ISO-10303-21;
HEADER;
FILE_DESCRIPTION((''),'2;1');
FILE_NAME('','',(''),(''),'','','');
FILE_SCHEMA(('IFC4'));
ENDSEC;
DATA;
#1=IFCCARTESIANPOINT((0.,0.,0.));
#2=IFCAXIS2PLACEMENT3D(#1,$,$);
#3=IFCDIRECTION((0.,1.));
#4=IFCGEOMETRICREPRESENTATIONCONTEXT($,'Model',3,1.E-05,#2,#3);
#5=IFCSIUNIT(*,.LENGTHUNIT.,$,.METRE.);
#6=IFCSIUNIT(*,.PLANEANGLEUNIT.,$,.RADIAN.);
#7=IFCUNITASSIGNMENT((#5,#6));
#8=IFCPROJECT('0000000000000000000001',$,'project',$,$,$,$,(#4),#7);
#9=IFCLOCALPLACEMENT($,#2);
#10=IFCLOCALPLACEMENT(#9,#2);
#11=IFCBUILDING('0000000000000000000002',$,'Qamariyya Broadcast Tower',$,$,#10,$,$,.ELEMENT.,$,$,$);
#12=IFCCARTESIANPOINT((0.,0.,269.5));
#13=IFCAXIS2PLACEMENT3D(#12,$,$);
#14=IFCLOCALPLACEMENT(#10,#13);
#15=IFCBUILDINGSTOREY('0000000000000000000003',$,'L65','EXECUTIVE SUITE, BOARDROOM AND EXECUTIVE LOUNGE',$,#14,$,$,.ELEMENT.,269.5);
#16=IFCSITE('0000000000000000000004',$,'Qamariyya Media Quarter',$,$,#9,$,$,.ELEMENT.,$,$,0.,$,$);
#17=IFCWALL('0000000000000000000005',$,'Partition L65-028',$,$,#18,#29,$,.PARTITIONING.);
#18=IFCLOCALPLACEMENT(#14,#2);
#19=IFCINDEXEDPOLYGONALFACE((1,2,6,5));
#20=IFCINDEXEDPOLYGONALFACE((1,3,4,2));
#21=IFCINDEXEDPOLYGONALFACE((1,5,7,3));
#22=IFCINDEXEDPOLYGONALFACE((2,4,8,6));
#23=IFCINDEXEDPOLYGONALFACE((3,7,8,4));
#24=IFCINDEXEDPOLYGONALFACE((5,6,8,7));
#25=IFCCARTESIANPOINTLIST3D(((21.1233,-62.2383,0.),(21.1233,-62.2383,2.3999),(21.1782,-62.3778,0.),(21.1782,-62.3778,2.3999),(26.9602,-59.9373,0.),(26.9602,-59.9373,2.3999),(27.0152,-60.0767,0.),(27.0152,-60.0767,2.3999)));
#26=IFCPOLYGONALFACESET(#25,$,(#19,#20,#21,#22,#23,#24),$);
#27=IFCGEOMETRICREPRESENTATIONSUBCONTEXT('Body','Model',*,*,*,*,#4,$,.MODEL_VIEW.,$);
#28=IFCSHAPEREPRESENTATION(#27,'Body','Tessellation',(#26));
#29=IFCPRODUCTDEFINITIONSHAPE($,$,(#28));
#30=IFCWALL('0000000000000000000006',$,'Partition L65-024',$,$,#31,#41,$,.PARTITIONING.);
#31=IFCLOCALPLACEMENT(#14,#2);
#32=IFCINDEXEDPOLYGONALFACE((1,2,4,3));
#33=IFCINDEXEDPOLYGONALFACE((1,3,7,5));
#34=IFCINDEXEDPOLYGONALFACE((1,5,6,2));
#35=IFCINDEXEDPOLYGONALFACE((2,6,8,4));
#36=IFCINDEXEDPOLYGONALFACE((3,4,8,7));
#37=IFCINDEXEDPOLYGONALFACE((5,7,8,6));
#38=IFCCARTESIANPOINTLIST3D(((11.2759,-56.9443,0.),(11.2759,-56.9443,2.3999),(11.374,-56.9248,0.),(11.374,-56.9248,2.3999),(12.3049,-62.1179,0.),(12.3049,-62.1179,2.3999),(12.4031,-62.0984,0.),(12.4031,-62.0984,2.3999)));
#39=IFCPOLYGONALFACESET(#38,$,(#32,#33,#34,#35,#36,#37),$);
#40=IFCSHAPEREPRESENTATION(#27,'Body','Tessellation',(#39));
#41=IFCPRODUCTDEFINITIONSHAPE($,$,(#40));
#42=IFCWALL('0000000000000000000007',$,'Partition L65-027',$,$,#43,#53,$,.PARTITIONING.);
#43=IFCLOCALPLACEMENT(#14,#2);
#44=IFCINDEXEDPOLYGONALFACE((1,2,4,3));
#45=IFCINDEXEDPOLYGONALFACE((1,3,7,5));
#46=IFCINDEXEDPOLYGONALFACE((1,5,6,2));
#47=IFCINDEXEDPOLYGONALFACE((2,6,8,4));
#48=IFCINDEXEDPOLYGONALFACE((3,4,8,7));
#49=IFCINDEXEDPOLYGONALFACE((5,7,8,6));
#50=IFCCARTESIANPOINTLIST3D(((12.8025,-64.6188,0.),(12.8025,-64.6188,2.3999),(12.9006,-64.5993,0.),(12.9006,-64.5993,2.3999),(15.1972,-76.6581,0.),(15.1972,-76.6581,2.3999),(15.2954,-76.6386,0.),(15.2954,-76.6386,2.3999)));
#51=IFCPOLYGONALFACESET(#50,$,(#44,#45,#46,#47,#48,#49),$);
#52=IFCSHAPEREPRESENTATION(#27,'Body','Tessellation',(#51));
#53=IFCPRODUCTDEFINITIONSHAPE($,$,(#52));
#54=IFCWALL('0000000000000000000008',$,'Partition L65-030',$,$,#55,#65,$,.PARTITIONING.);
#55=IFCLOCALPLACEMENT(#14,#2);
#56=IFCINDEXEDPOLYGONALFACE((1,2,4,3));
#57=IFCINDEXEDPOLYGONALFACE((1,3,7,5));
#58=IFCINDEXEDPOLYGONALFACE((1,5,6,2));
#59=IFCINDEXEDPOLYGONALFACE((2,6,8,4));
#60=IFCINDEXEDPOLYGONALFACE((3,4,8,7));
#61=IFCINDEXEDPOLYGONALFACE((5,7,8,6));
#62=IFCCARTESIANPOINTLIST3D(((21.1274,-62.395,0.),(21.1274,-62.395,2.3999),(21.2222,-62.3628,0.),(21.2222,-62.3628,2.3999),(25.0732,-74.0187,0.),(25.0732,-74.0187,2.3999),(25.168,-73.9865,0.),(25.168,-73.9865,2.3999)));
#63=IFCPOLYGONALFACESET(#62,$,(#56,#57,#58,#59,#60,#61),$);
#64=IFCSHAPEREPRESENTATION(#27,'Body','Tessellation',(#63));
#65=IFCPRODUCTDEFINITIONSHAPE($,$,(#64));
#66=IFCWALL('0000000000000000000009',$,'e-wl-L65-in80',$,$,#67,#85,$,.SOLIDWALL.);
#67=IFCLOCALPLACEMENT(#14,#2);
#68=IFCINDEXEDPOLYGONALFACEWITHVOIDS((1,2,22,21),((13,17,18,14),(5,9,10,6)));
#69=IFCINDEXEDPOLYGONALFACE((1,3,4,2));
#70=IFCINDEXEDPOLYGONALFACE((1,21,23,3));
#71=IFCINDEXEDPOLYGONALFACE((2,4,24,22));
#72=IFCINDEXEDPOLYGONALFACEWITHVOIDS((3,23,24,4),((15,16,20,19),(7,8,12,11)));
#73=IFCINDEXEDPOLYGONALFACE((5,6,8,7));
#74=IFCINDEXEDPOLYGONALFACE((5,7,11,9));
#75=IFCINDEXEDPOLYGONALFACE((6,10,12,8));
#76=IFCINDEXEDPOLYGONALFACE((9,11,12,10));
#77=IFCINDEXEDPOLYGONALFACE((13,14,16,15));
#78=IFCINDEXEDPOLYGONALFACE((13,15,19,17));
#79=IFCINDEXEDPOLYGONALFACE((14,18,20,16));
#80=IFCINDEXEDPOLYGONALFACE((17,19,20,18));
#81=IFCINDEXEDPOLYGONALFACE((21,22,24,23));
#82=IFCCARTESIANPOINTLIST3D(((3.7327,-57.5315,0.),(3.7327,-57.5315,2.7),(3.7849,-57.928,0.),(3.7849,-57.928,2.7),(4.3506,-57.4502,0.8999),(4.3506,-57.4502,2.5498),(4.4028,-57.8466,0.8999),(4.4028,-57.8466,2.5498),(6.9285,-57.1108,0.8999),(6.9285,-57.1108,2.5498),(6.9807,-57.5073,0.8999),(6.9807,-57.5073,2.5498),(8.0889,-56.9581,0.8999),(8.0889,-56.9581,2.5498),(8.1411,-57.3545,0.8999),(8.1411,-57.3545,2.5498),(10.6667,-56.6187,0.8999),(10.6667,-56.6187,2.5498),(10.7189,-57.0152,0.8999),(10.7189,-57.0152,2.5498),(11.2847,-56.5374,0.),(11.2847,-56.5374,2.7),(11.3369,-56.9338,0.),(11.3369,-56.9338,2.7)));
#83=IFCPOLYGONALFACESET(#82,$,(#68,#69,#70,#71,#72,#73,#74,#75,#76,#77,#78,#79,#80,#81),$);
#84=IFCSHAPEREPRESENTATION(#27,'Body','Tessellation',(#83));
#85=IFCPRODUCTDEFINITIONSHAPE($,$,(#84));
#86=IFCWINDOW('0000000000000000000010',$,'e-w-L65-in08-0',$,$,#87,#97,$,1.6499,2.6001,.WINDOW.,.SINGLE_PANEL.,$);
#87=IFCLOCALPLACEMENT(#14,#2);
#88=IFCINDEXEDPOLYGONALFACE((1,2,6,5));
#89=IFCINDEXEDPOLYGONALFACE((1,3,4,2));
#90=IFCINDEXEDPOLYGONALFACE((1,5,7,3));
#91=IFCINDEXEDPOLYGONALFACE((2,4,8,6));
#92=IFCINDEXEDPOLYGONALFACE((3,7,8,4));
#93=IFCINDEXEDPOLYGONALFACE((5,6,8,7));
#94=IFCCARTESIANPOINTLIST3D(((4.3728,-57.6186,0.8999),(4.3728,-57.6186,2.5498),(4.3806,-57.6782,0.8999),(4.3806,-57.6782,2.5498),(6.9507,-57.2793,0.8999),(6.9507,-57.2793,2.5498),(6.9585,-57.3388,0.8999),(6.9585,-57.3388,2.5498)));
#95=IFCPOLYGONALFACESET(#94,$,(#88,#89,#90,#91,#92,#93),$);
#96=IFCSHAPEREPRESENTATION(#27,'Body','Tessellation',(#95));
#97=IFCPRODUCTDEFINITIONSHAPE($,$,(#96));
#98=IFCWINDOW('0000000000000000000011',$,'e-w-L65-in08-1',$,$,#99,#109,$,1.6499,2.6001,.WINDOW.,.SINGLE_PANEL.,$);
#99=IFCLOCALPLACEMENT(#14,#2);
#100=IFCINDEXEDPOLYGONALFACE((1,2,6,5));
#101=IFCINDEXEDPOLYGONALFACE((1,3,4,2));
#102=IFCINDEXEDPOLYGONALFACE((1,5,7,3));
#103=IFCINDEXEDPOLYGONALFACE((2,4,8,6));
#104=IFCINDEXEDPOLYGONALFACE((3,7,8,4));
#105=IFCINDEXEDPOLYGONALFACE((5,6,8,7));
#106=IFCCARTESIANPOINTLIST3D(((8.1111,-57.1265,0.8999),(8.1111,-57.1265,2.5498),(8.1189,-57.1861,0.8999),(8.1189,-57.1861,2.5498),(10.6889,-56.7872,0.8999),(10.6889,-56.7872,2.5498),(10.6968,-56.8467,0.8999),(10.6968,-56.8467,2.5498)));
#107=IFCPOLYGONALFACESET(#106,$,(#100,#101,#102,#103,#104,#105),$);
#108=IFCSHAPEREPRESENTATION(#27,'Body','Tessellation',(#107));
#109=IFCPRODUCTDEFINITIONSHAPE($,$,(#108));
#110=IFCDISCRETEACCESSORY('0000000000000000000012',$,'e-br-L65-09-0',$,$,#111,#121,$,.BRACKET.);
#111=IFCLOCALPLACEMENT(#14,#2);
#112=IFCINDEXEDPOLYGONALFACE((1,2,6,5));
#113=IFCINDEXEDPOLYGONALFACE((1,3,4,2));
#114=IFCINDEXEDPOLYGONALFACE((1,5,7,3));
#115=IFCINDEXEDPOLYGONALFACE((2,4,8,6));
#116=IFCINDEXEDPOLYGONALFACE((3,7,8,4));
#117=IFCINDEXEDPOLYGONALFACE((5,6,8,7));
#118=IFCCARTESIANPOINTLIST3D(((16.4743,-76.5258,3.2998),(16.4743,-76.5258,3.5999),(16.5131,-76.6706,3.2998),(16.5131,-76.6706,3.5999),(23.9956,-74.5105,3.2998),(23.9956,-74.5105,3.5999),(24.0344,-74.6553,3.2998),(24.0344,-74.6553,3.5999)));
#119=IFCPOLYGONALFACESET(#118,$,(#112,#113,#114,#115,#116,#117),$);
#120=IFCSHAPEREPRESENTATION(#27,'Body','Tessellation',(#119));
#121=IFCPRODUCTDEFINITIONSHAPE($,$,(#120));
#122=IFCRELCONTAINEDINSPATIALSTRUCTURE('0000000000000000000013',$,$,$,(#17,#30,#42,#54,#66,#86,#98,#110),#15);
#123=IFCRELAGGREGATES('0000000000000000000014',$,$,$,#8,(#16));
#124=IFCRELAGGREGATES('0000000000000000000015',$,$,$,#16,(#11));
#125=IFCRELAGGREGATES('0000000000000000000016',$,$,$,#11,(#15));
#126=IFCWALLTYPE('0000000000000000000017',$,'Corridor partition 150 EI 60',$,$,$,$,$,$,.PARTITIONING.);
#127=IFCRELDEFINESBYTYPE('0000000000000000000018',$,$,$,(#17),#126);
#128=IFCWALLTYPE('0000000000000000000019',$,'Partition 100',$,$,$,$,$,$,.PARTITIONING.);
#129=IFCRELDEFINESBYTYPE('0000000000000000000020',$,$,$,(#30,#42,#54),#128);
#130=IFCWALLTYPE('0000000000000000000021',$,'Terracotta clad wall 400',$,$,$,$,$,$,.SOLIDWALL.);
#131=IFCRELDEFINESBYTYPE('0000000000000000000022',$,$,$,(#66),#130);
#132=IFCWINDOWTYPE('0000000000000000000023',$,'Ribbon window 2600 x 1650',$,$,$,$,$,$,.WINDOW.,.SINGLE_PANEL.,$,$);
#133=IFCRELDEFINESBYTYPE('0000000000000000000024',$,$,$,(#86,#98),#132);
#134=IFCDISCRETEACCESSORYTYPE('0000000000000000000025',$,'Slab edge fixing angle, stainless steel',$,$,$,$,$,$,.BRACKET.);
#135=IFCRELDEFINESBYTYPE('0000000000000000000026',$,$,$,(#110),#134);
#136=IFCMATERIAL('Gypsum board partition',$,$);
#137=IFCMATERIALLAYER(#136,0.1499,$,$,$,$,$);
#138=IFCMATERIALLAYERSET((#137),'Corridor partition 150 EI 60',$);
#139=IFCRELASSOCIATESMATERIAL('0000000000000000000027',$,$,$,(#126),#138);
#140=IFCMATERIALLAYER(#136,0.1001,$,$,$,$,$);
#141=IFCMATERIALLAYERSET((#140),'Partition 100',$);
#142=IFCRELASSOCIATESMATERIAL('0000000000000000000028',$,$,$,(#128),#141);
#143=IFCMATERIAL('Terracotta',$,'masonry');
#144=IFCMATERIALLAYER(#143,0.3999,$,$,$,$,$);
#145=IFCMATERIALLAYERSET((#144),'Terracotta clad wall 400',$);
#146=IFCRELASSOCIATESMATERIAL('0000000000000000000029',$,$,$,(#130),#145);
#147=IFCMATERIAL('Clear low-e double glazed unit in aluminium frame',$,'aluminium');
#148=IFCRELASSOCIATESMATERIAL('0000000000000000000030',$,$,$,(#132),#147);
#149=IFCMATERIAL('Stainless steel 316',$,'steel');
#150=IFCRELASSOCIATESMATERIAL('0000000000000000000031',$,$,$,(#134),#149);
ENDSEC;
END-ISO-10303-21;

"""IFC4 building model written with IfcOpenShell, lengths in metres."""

from ifc_helpers import new_model, si_unit, direction, frame, frame_2d, origin, origin_2d, place, context, subcontext, project, spatial, rectangle, extrude, material, layer, layer_set, type_object, element, fill, save


model = new_model("IFC4")

# Units and contexts
model_context = context("Model", 3, precision=1e-05, world=origin(), true_north=direction((0.0, 1.0)))
body_context = subcontext(model_context, "Body", "Model", "MODEL_VIEW")
ifc_project = project(units=[si_unit("LENGTHUNIT", "METRE"), si_unit("PLANEANGLEUNIT", "RADIAN")], contexts=[model_context])

# Site, building, storey
site_placement = place(None, origin())
site = spatial("IfcSite", under=ifc_project, at=site_placement, Name="Qamariyya Media Quarter", CompositionType="ELEMENT", RefElevation=0.0)
building_placement = place(site_placement, origin())
building = spatial("IfcBuilding", under=site, at=building_placement, Name="Qamariyya Broadcast Tower", CompositionType="ELEMENT")
storey_placement = place(building_placement, frame((0.0, 0.0, 269.5)))
storey = spatial("IfcBuildingStorey", under=building, at=storey_placement, Name="L65", Description="EXECUTIVE SUITE, BOARDROOM AND EXECUTIVE LOUNGE", CompositionType="ELEMENT", Elevation=269.5)

# Shared definitions
ifc_material_1 = material(Name="Gypsum board partition")
ifc_layer_1 = layer(ifc_material_1, 0.1499)
ifc_layer_set_1 = layer_set([ifc_layer_1], Name="Corridor partition 150 EI 60")
wall_type_1 = type_object("IfcWallType", Name="Corridor partition 150 EI 60", PredefinedType="PARTITIONING", material=ifc_layer_set_1)

# Walls
wall_1_placement = place(storey_placement, frame((21.1506, -62.3081, 0.0), z_axis=(0.0, 0.0, 1.0), x_axis=(0.930319, 0.36675, 0.0)))
element("IfcWall", 1, at=wall_1_placement, inside=storey, type_object=wall_type_1, Name="Partition L65-028", PredefinedType="PARTITIONING", context=body_context, shape_type="SweptSolid", body=[
    extrude(rectangle(XDim=6.2742, YDim=0.1499, at=frame_2d((3.1372, 0.0))), origin(), (0.0, 0.0, 1.0), 2.3999),
])
ifc_layer_2 = layer(ifc_material_1, 0.1001)
ifc_layer_set_2 = layer_set([ifc_layer_2], Name="Partition 100")
wall_type_2 = type_object("IfcWallType", Name="Partition 100", PredefinedType="PARTITIONING", material=ifc_layer_set_2)
wall_2_placement = place(storey_placement, frame((11.325, -56.9346, 0.0), z_axis=(0.0, 0.0, 1.0), x_axis=(0.195084, -0.980787, 0.0)))
element("IfcWall", 2, at=wall_2_placement, inside=storey, type_object=wall_type_2, Name="Partition L65-024", PredefinedType="PARTITIONING", context=body_context, shape_type="SweptSolid", body=[
    extrude(rectangle(XDim=5.2749, YDim=0.1001, at=frame_2d((2.6375, 0.0))), origin(), (0.0, 0.0, 1.0), 2.3999),
])
for number, where, z_axis, x_axis, name in (
    (3, (15.2463, -76.6484, 0.0), (0.0, 0.0, 1.0), (-0.195091, 0.980785, 0.0), "Partition L65-027"),
    (4, (25.1206, -74.0027, 0.0), (0.0, 0.0, 1.0), (-0.321444, 0.946929, 0.0), "Partition L65-030"),
):
    element("IfcWall", number, at=place(storey_placement, frame(where, z_axis=z_axis, x_axis=x_axis)), inside=storey, type_object=wall_type_2, Name=name, PredefinedType="PARTITIONING", context=body_context, shape_type="SweptSolid", body=[
        extrude(rectangle(XDim=12.2751, YDim=0.1001, at=frame_2d((6.1377, 0.0))), origin(), (0.0, 0.0, 1.0), 2.3999),
    ])

# Wall, openings, windows
ifc_material_2 = material(Name="Terracotta", Category="masonry")
ifc_layer_3 = layer(ifc_material_2, 0.3999)
ifc_layer_set_3 = layer_set([ifc_layer_3], Name="Terracotta clad wall 400")
wall_type_3 = type_object("IfcWallType", Name="Terracotta clad wall 400", PredefinedType="SOLIDWALL", material=ifc_layer_set_3)
wall_3_placement = place(storey_placement, frame((11.3108, -56.7356, 0.0), z_axis=(0.0, 0.0, 1.0), x_axis=(-0.991447, -0.130513, 0.0)))
wall_3 = element("IfcWall", 5, at=wall_3_placement, inside=storey, type_object=wall_type_3, Name="e-wl-L65-in80", PredefinedType="SOLIDWALL", context=body_context, shape_type="SweptSolid", body=[
    extrude(rectangle(XDim=7.6172, YDim=0.3999, at=frame_2d((3.8086, 0.0))), origin(), (0.0, 0.0, 1.0), 2.7),
])
opening_1_placement = place(wall_3_placement, frame((4.3938, 0.0, 0.8999)))
opening_1 = element("IfcOpeningElement", 6, at=opening_1_placement, cuts=wall_3, PredefinedType="OPENING", context=body_context, shape_type="SweptSolid", body=[
    extrude(rectangle(XDim=2.6001, YDim=1.6499, at=frame_2d((1.3, 0.825))), frame((0.0, 0.21, 0.0), z_axis=(0.0, -1.0, 0.0), x_axis=(1.0, 0.0, 0.0)), (0.0, 0.0, 1.0), 0.4199),
])
opening_2_placement = place(wall_3_placement, frame((0.6233, 0.0, 0.8999)))
opening_2 = element("IfcOpeningElement", 7, at=opening_2_placement, cuts=wall_3, PredefinedType="OPENING", context=body_context, shape_type="SweptSolid", body=[
    extrude(rectangle(XDim=2.6001, YDim=1.6499, at=frame_2d((1.3, 0.825))), frame((0.0, 0.21, 0.0), z_axis=(0.0, -1.0, 0.0), x_axis=(1.0, 0.0, 0.0)), (0.0, 0.0, 1.0), 0.4199),
])
ifc_material_3 = material(Name="Clear low-e double glazed unit in aluminium frame", Category="aluminium")
window_type = type_object("IfcWindowType", Name="Ribbon window 2600 x 1650", PartitioningType="SINGLE_PANEL", PredefinedType="WINDOW", material=ifc_material_3)
window_1_placement = place(opening_1_placement, origin())
window_1 = element("IfcWindow", 8, at=window_1_placement, inside=storey, type_object=window_type, Name="e-w-L65-in08-0", OverallHeight=1.6499, OverallWidth=2.6001, PartitioningType="SINGLE_PANEL", PredefinedType="WINDOW", context=body_context, shape_type="SweptSolid", body=[
    extrude(rectangle(XDim=2.6001, YDim=1.6499, at=frame_2d((1.3, 0.825))), frame((0.0, 0.03, 0.0), z_axis=(0.0, -1.0, 0.0), x_axis=(1.0, 0.0, 0.0)), (0.0, 0.0, 1.0), 0.0601),
])
fill(opening_1, window_1)
window_2_placement = place(opening_2_placement, origin())
window_2 = element("IfcWindow", 9, at=window_2_placement, inside=storey, type_object=window_type, Name="e-w-L65-in08-1", OverallHeight=1.6499, OverallWidth=2.6001, PartitioningType="SINGLE_PANEL", PredefinedType="WINDOW", context=body_context, shape_type="SweptSolid", body=[
    extrude(rectangle(XDim=2.6001, YDim=1.6499, at=frame_2d((1.3, 0.825))), frame((0.0, 0.03, 0.0), z_axis=(0.0, -1.0, 0.0), x_axis=(1.0, 0.0, 0.0)), (0.0, 0.0, 1.0), 0.0601),
])
fill(opening_2, window_2)

# Discrete accessory
ifc_material_4 = material(Name="Stainless steel 316", Category="steel")
discrete_accessory_type = type_object("IfcDiscreteAccessoryType", Name="Slab edge fixing angle, stainless steel", PredefinedType="BRACKET", material=ifc_material_4)
discrete_accessory_placement = place(storey_placement, frame((20.2544, -75.5906, 3.2998), z_axis=(0.0, 0.0, 1.0), x_axis=(0.965926, 0.258819, 0.0)))
element("IfcDiscreteAccessory", 10, at=discrete_accessory_placement, inside=storey, type_object=discrete_accessory_type, Name="e-br-L65-09-0", PredefinedType="BRACKET", context=body_context, shape_type="SweptSolid", body=[
    extrude(rectangle(XDim=7.7866, YDim=0.1499, at=origin_2d()), origin(), (0.0, 0.0, 1.0), 0.3),
])

save(model, "model.ifc")
